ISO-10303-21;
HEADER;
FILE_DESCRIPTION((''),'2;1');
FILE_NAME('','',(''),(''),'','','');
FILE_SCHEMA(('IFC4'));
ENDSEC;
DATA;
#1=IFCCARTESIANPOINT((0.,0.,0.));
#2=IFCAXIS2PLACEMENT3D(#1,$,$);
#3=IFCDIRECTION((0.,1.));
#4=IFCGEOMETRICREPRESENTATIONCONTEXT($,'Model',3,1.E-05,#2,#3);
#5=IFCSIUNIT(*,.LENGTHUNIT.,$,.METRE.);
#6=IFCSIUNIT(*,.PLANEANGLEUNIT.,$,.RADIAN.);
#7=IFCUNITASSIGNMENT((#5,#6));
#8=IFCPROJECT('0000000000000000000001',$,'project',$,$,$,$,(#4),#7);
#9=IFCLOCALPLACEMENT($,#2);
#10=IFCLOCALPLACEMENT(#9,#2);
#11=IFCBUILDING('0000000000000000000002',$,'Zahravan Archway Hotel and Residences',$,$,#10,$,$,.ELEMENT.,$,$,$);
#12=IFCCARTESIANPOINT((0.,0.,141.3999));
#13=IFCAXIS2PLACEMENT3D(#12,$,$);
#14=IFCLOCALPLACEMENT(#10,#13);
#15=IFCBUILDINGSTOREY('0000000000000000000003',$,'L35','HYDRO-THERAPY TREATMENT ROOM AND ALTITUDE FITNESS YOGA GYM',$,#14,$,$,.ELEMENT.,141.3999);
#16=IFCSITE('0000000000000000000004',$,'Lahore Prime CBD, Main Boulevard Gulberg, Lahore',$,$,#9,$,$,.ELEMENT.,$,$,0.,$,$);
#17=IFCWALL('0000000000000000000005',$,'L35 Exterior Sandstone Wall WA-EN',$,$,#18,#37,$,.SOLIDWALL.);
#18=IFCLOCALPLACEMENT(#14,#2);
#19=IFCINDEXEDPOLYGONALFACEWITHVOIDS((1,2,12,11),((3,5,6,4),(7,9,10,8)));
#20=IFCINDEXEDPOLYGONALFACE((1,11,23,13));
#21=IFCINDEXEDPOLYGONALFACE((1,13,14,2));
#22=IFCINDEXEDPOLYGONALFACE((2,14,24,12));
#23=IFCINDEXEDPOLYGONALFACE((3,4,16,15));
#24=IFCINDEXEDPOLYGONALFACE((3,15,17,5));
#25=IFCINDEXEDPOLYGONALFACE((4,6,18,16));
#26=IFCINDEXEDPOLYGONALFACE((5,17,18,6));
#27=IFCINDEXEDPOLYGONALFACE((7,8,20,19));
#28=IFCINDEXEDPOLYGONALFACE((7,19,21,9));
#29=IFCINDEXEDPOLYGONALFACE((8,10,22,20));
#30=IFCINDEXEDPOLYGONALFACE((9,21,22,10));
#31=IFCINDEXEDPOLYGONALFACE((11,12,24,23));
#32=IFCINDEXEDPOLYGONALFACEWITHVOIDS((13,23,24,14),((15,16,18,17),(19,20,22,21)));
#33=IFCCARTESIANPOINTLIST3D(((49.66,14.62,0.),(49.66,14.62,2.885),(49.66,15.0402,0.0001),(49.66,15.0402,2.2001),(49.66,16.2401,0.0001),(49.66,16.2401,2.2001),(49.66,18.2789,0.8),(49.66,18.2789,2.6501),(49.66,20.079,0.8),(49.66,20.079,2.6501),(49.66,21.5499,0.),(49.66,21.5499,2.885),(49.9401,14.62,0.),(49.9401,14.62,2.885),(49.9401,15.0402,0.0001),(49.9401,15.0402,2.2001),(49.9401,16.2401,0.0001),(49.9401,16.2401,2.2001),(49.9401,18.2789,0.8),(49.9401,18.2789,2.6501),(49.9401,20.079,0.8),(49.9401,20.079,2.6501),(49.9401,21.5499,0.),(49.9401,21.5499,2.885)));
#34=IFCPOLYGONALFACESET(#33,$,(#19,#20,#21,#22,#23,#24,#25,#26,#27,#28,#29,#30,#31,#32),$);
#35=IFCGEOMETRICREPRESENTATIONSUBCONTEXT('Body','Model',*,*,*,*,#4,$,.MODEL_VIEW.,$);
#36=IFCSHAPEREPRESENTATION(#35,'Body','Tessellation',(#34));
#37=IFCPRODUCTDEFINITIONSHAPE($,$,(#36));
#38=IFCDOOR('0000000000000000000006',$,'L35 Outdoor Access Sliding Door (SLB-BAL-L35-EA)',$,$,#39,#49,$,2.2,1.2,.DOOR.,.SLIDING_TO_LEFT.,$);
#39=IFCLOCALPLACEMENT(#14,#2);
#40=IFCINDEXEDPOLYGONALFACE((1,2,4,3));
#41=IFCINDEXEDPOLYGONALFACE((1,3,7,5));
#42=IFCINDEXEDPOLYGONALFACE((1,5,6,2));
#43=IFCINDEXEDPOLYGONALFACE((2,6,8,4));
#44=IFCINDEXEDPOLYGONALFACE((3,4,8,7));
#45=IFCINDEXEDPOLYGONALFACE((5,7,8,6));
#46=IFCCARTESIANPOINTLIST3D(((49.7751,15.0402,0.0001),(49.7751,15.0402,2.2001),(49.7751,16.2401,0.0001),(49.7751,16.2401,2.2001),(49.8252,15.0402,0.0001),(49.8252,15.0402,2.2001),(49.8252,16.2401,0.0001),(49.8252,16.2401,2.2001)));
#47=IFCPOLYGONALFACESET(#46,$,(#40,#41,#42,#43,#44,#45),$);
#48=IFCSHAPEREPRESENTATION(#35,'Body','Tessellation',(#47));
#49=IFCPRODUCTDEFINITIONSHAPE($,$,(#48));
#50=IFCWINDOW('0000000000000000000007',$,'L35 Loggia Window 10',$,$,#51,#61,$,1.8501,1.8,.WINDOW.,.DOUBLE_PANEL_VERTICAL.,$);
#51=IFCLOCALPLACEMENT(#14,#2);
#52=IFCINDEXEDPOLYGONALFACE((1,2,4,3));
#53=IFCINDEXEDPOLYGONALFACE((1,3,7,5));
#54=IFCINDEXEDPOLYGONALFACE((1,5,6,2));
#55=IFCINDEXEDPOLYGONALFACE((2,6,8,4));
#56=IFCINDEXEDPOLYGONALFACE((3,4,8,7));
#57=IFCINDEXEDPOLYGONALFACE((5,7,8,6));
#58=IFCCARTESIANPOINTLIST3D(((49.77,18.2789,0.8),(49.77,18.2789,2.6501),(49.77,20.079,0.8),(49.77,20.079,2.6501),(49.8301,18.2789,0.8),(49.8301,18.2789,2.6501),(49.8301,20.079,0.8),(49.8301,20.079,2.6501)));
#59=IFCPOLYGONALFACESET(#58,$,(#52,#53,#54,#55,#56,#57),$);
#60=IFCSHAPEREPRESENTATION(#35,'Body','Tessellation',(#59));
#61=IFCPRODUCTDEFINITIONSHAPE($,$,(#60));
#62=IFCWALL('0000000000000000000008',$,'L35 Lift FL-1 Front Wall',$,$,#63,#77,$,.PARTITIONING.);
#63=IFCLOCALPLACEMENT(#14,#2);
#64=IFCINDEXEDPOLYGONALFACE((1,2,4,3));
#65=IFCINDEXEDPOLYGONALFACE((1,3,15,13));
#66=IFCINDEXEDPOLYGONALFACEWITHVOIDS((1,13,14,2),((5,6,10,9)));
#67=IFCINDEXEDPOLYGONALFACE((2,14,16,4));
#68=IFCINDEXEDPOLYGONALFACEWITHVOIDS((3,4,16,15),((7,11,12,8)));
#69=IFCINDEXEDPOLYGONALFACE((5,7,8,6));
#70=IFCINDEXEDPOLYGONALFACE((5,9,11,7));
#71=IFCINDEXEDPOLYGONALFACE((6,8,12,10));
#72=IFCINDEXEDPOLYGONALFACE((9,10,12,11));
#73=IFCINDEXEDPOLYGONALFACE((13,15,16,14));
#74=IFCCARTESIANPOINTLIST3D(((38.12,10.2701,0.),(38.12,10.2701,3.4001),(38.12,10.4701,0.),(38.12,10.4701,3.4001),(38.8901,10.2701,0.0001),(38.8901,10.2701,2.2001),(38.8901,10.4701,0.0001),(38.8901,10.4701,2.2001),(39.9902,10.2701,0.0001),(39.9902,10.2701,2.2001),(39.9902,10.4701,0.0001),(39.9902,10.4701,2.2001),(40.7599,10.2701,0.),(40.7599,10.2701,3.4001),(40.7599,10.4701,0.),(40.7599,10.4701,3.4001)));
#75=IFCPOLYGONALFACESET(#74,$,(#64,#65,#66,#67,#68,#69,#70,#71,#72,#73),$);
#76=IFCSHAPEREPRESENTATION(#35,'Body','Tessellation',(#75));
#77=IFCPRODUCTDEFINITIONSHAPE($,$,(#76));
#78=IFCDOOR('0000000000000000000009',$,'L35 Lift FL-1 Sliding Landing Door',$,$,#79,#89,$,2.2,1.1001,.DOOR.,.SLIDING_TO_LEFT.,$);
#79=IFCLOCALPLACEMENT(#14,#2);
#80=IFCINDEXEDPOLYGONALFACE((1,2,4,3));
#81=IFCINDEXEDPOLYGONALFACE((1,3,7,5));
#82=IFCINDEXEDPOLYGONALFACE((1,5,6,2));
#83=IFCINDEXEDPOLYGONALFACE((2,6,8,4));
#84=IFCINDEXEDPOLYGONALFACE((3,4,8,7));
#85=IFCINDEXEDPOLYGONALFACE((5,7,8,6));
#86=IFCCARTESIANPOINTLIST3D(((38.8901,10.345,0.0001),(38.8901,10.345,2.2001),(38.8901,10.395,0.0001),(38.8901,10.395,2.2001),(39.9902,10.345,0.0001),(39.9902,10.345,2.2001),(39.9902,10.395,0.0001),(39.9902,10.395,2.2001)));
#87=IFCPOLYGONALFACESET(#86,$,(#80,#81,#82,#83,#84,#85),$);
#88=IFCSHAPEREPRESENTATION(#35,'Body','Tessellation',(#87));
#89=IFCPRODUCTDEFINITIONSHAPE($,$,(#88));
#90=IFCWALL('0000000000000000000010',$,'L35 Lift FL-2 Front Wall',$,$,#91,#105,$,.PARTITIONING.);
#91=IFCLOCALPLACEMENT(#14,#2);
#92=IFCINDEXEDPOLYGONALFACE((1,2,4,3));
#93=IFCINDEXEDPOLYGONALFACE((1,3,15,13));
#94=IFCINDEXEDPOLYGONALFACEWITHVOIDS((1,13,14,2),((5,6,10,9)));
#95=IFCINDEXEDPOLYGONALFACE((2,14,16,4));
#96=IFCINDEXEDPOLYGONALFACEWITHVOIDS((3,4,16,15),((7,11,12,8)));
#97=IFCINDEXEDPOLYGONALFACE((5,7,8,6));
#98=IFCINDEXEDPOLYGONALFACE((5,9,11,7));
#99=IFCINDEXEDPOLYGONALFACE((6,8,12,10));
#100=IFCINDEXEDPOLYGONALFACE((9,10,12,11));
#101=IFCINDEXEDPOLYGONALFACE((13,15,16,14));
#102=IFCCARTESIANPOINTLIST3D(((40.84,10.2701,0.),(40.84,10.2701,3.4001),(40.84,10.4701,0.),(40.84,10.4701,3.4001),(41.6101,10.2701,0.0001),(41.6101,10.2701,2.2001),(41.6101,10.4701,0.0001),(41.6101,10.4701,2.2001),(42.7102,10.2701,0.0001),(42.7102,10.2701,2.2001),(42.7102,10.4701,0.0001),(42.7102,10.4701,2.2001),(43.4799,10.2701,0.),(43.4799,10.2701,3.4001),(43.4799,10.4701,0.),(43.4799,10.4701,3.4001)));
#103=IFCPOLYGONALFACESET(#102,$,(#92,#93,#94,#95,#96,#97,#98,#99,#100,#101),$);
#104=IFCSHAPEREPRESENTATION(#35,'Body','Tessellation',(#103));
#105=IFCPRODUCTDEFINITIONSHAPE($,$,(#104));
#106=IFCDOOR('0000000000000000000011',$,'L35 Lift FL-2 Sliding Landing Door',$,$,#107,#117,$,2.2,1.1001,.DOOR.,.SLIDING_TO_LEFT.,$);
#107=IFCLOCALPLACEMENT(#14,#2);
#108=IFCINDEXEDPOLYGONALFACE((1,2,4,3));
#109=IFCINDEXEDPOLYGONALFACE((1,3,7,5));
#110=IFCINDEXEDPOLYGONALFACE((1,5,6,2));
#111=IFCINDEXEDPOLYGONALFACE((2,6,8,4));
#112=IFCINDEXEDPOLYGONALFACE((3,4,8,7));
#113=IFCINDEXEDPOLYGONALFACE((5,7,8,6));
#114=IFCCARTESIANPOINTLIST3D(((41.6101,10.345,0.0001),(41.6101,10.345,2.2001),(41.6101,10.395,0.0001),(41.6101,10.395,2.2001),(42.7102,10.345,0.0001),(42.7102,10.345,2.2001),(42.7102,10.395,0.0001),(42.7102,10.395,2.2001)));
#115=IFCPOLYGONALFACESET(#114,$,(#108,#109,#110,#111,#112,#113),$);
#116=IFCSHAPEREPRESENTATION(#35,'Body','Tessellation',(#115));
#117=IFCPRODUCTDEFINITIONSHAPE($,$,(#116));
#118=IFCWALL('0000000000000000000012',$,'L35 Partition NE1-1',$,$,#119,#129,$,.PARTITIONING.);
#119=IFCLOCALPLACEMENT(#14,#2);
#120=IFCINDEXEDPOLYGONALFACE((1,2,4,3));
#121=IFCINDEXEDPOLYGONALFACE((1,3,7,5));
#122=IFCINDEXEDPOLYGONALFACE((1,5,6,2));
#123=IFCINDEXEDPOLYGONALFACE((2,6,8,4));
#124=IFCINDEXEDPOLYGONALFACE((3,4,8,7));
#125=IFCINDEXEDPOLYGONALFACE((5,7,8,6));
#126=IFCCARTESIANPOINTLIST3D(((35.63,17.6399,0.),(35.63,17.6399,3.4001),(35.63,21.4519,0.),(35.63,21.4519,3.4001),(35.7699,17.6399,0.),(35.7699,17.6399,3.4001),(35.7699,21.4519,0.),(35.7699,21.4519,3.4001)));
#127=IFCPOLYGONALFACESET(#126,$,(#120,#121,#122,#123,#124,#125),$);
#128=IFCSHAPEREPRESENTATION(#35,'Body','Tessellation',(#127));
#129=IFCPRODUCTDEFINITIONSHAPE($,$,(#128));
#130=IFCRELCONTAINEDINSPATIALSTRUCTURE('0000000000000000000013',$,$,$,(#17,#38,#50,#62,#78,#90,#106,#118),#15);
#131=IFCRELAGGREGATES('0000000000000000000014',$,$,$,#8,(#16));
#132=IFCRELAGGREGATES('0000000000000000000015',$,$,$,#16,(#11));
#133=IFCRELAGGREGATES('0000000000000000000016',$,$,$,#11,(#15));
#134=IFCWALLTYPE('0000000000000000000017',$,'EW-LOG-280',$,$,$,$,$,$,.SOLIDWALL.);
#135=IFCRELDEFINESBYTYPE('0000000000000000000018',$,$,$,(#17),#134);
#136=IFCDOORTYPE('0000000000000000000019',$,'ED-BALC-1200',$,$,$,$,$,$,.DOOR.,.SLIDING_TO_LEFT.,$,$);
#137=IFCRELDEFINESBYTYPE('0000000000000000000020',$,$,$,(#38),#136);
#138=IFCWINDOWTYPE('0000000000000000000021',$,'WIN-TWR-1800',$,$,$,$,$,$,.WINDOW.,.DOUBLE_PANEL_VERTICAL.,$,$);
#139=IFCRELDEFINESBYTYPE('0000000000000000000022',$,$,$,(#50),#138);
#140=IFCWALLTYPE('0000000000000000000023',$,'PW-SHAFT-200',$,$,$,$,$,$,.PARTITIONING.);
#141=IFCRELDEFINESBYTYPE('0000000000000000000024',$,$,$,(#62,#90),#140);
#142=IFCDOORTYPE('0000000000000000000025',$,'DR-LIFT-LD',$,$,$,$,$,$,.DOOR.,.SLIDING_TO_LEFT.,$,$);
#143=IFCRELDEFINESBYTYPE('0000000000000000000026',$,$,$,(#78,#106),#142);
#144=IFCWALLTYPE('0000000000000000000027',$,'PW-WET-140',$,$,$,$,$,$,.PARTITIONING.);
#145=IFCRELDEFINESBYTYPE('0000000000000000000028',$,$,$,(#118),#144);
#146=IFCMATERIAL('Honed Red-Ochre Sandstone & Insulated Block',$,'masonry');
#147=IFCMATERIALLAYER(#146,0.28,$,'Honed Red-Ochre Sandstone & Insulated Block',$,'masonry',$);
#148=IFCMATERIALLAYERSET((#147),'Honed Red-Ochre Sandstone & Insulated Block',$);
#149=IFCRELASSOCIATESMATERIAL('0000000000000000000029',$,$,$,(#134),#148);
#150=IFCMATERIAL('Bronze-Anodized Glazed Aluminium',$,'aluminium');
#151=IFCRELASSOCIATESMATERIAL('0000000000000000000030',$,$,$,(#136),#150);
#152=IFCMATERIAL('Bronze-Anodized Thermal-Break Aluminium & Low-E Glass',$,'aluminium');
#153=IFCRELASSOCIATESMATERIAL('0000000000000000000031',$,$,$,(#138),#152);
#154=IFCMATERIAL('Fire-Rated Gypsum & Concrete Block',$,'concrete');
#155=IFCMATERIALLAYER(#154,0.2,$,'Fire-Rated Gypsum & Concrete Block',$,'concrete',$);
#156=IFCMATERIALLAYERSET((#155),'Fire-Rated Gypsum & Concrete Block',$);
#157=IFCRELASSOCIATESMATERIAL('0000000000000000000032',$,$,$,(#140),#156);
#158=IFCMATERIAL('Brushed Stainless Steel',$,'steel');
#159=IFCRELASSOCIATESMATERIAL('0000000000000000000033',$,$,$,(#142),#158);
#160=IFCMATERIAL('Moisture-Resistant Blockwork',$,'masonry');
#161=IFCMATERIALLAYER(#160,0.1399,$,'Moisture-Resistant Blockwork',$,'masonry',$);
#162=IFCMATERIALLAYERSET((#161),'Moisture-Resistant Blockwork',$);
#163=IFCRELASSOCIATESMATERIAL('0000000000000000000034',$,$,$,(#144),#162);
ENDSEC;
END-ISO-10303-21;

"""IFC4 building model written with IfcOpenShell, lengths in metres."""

from ifc_helpers import new_model, si_unit, direction, frame, frame_2d, origin, place, context, subcontext, project, spatial, rectangle, extrude, source, transform, mapped, material, layer, layer_set, type_object, type_shapes, element, fill, save


model = new_model("IFC4")

# Units and contexts
model_context = context("Model", 3, precision=1e-05, world=origin(), true_north=direction((0.0, 1.0)))
body_context = subcontext(model_context, "Body", "Model", "MODEL_VIEW")
ifc_project = project(units=[si_unit("LENGTHUNIT", "METRE"), si_unit("PLANEANGLEUNIT", "RADIAN")], contexts=[model_context])

# Site, building, storey
site_placement = place(None, origin())
site = spatial("IfcSite", under=ifc_project, at=site_placement, Name="Lahore Prime CBD, Main Boulevard Gulberg, Lahore", CompositionType="ELEMENT", RefElevation=0.0)
building_placement = place(site_placement, origin())
building = spatial("IfcBuilding", under=site, at=building_placement, Name="Zahravan Archway Hotel and Residences", CompositionType="ELEMENT")
storey_placement = place(building_placement, frame((0.0, 0.0, 141.3999)))
storey = spatial("IfcBuildingStorey", under=building, at=storey_placement, Name="L35", Description="HYDRO-THERAPY TREATMENT ROOM AND ALTITUDE FITNESS YOGA GYM", CompositionType="ELEMENT", Elevation=141.3999)

# Wall, openings, door, window
ifc_material_1 = material(Name="Honed Red-Ochre Sandstone & Insulated Block", Category="masonry")
ifc_layer_1 = layer(ifc_material_1, 0.28, Name="Honed Red-Ochre Sandstone & Insulated Block", Category="masonry")
ifc_layer_set_1 = layer_set([ifc_layer_1], Name="Honed Red-Ochre Sandstone & Insulated Block")
wall_type_1 = type_object("IfcWallType", Name="EW-LOG-280", PredefinedType="SOLIDWALL", material=ifc_layer_set_1)
wall_1_placement = place(storey_placement, frame((49.8, 14.6201, 0.0), z_axis=(0.0, 0.0, 1.0), x_axis=(0.0, 1.0, 0.0)))
wall_1 = element("IfcWall", 1, at=wall_1_placement, inside=storey, type_object=wall_type_1, Name="L35 Exterior Sandstone Wall WA-EN", PredefinedType="SOLIDWALL", context=body_context, shape_type="SweptSolid", body=[
    extrude(rectangle(XDim=6.9299, YDim=0.28, at=frame_2d((3.4648, 0.0))), origin(), (0.0, 0.0, 1.0), 2.885),
])
opening_1_placement = place(wall_1_placement, frame((0.4199, 0.0, 0.0)))
opening_1 = element("IfcOpeningElement", 2, at=opening_1_placement, cuts=wall_1, PredefinedType="OPENING", context=body_context, shape_type="SweptSolid", body=[
    extrude(rectangle(XDim=1.2, YDim=2.2, at=frame_2d((0.6001, 1.1001))), frame((0.0, 0.1499, 0.0), z_axis=(0.0, -1.0, 0.0), x_axis=(1.0, 0.0, 0.0)), (0.0, 0.0, 1.0), 0.3),
])
opening_2_placement = place(wall_1_placement, frame((3.6589, 0.0, 0.8)))
opening_2 = element("IfcOpeningElement", 3, at=opening_2_placement, cuts=wall_1, PredefinedType="OPENING", context=body_context, shape_type="SweptSolid", body=[
    extrude(rectangle(XDim=1.8, YDim=1.8501, at=frame_2d((0.8999, 0.925))), frame((0.0, 0.1499, 0.0), z_axis=(0.0, -1.0, 0.0), x_axis=(1.0, 0.0, 0.0)), (0.0, 0.0, 1.0), 0.3),
])
ifc_material_2 = material(Name="Bronze-Anodized Glazed Aluminium", Category="aluminium")
door_type_1 = type_object("IfcDoorType", Name="ED-BALC-1200", OperationType="SLIDING_TO_LEFT", PredefinedType="DOOR", material=ifc_material_2)
shared_shape_1 = source(origin(), body_context, "Body", "SweptSolid", [
    extrude(rectangle(XDim=1.2, YDim=2.2, at=frame_2d((0.6001, 1.1001))), frame((0.0, 0.0249, 0.0), z_axis=(0.0, -1.0, 0.0), x_axis=(1.0, 0.0, 0.0)), (0.0, 0.0, 1.0), 0.05),
])
type_shapes(door_type_1, [shared_shape_1])
door_1_placement = place(opening_1_placement, origin())
door_1 = element("IfcDoor", 4, at=door_1_placement, inside=storey, type_object=door_type_1, Name="L35 Outdoor Access Sliding Door (SLB-BAL-L35-EA)", OperationType="SLIDING_TO_LEFT", OverallHeight=2.2, OverallWidth=1.2, PredefinedType="DOOR", context=body_context, shape_type="MappedRepresentation", body=[
    mapped(shared_shape_1, transform((0.0, 0.0, 0.0), scale=1.0)),
])
fill(opening_1, door_1)
ifc_material_3 = material(Name="Bronze-Anodized Thermal-Break Aluminium & Low-E Glass", Category="aluminium")
window_type = type_object("IfcWindowType", Name="WIN-TWR-1800", PartitioningType="DOUBLE_PANEL_VERTICAL", PredefinedType="WINDOW", material=ifc_material_3)
shared_shape_2 = source(origin(), body_context, "Body", "SweptSolid", [
    extrude(rectangle(XDim=1.8, YDim=1.8501, at=frame_2d((0.8999, 0.925))), frame((0.0, 0.03, 0.0), z_axis=(0.0, -1.0, 0.0), x_axis=(1.0, 0.0, 0.0)), (0.0, 0.0, 1.0), 0.0601),
])
type_shapes(window_type, [shared_shape_2])
window_placement = place(opening_2_placement, origin())
window = element("IfcWindow", 5, at=window_placement, inside=storey, type_object=window_type, Name="L35 Loggia Window 10", OverallHeight=1.8501, OverallWidth=1.8, PartitioningType="DOUBLE_PANEL_VERTICAL", PredefinedType="WINDOW", context=body_context, shape_type="MappedRepresentation", body=[
    mapped(shared_shape_2, transform((0.0, 0.0, 0.0), scale=1.0)),
])
fill(opening_2, window)

# Walls, openings, doors
ifc_material_4 = material(Name="Fire-Rated Gypsum & Concrete Block", Category="concrete")
ifc_layer_2 = layer(ifc_material_4, 0.2, Name="Fire-Rated Gypsum & Concrete Block", Category="concrete")
ifc_layer_set_2 = layer_set([ifc_layer_2], Name="Fire-Rated Gypsum & Concrete Block")
wall_type_2 = type_object("IfcWallType", Name="PW-SHAFT-200", PredefinedType="PARTITIONING", material=ifc_layer_set_2)
wall_2_placement = place(storey_placement, frame((38.1201, 10.3701, 0.0), z_axis=(0.0, 0.0, 1.0), x_axis=(1.0, 0.0, 0.0)))
wall_2 = element("IfcWall", 6, at=wall_2_placement, inside=storey, type_object=wall_type_2, Name="L35 Lift FL-1 Front Wall", PredefinedType="PARTITIONING", context=body_context, shape_type="SweptSolid", body=[
    extrude(rectangle(XDim=2.6399, YDim=0.2, at=frame_2d((1.3198, 0.0))), origin(), (0.0, 0.0, 1.0), 3.4001),
])
opening_3_placement = place(wall_2_placement, frame((0.77, 0.0, 0.0)))
opening_3 = element("IfcOpeningElement", 7, at=opening_3_placement, cuts=wall_2, PredefinedType="OPENING", context=body_context, shape_type="SweptSolid", body=[
    extrude(rectangle(XDim=1.1001, YDim=2.2, at=frame_2d((0.55, 1.1001))), frame((0.0, 0.1099, 0.0), z_axis=(0.0, -1.0, 0.0), x_axis=(1.0, 0.0, 0.0)), (0.0, 0.0, 1.0), 0.22),
])
ifc_material_5 = material(Name="Brushed Stainless Steel", Category="steel")
door_type_2 = type_object("IfcDoorType", Name="DR-LIFT-LD", OperationType="SLIDING_TO_LEFT", PredefinedType="DOOR", material=ifc_material_5)
shared_shape_3 = source(origin(), body_context, "Body", "SweptSolid", [
    extrude(rectangle(XDim=1.1001, YDim=2.2, at=frame_2d((0.55, 1.1001))), frame((0.0, 0.0249, 0.0), z_axis=(0.0, -1.0, 0.0), x_axis=(1.0, 0.0, 0.0)), (0.0, 0.0, 1.0), 0.05),
])
type_shapes(door_type_2, [shared_shape_3])
door_2_placement = place(opening_3_placement, origin())
door_2 = element("IfcDoor", 8, at=door_2_placement, inside=storey, type_object=door_type_2, Name="L35 Lift FL-1 Sliding Landing Door", OperationType="SLIDING_TO_LEFT", OverallHeight=2.2, OverallWidth=1.1001, PredefinedType="DOOR", context=body_context, shape_type="MappedRepresentation", body=[
    mapped(shared_shape_3, transform((0.0, 0.0, 0.0), scale=1.0)),
])
fill(opening_3, door_2)
wall_3_placement = place(storey_placement, frame((40.8401, 10.3701, 0.0), z_axis=(0.0, 0.0, 1.0), x_axis=(1.0, 0.0, 0.0)))
wall_3 = element("IfcWall", 9, at=wall_3_placement, inside=storey, type_object=wall_type_2, Name="L35 Lift FL-2 Front Wall", PredefinedType="PARTITIONING", context=body_context, shape_type="SweptSolid", body=[
    extrude(rectangle(XDim=2.6399, YDim=0.2, at=frame_2d((1.3198, 0.0))), origin(), (0.0, 0.0, 1.0), 3.4001),
])
opening_4_placement = place(wall_3_placement, frame((0.77, 0.0, 0.0)))
opening_4 = element("IfcOpeningElement", 10, at=opening_4_placement, cuts=wall_3, PredefinedType="OPENING", context=body_context, shape_type="SweptSolid", body=[
    extrude(rectangle(XDim=1.1001, YDim=2.2, at=frame_2d((0.55, 1.1001))), frame((0.0, 0.1099, 0.0), z_axis=(0.0, -1.0, 0.0), x_axis=(1.0, 0.0, 0.0)), (0.0, 0.0, 1.0), 0.22),
])
door_3_placement = place(opening_4_placement, origin())
door_3 = element("IfcDoor", 11, at=door_3_placement, inside=storey, type_object=door_type_2, Name="L35 Lift FL-2 Sliding Landing Door", OperationType="SLIDING_TO_LEFT", OverallHeight=2.2, OverallWidth=1.1001, PredefinedType="DOOR", context=body_context, shape_type="MappedRepresentation", body=[
    mapped(shared_shape_3, transform((0.0, 0.0, 0.0), scale=1.0)),
])
fill(opening_4, door_3)

# Wall
ifc_material_6 = material(Name="Moisture-Resistant Blockwork", Category="masonry")
ifc_layer_3 = layer(ifc_material_6, 0.1399, Name="Moisture-Resistant Blockwork", Category="masonry")
ifc_layer_set_3 = layer_set([ifc_layer_3], Name="Moisture-Resistant Blockwork")
wall_type_3 = type_object("IfcWallType", Name="PW-WET-140", PredefinedType="PARTITIONING", material=ifc_layer_set_3)
wall_4_placement = place(storey_placement, frame((35.7, 17.6399, 0.0), z_axis=(0.0, 0.0, 1.0), x_axis=(0.0, 1.0, 0.0)))
element("IfcWall", 12, at=wall_4_placement, inside=storey, type_object=wall_type_3, Name="L35 Partition NE1-1", PredefinedType="PARTITIONING", context=body_context, shape_type="SweptSolid", body=[
    extrude(rectangle(XDim=3.812, YDim=0.1399, at=frame_2d((1.906, 0.0))), origin(), (0.0, 0.0, 1.0), 3.4001),
])

save(model, "model.ifc")
